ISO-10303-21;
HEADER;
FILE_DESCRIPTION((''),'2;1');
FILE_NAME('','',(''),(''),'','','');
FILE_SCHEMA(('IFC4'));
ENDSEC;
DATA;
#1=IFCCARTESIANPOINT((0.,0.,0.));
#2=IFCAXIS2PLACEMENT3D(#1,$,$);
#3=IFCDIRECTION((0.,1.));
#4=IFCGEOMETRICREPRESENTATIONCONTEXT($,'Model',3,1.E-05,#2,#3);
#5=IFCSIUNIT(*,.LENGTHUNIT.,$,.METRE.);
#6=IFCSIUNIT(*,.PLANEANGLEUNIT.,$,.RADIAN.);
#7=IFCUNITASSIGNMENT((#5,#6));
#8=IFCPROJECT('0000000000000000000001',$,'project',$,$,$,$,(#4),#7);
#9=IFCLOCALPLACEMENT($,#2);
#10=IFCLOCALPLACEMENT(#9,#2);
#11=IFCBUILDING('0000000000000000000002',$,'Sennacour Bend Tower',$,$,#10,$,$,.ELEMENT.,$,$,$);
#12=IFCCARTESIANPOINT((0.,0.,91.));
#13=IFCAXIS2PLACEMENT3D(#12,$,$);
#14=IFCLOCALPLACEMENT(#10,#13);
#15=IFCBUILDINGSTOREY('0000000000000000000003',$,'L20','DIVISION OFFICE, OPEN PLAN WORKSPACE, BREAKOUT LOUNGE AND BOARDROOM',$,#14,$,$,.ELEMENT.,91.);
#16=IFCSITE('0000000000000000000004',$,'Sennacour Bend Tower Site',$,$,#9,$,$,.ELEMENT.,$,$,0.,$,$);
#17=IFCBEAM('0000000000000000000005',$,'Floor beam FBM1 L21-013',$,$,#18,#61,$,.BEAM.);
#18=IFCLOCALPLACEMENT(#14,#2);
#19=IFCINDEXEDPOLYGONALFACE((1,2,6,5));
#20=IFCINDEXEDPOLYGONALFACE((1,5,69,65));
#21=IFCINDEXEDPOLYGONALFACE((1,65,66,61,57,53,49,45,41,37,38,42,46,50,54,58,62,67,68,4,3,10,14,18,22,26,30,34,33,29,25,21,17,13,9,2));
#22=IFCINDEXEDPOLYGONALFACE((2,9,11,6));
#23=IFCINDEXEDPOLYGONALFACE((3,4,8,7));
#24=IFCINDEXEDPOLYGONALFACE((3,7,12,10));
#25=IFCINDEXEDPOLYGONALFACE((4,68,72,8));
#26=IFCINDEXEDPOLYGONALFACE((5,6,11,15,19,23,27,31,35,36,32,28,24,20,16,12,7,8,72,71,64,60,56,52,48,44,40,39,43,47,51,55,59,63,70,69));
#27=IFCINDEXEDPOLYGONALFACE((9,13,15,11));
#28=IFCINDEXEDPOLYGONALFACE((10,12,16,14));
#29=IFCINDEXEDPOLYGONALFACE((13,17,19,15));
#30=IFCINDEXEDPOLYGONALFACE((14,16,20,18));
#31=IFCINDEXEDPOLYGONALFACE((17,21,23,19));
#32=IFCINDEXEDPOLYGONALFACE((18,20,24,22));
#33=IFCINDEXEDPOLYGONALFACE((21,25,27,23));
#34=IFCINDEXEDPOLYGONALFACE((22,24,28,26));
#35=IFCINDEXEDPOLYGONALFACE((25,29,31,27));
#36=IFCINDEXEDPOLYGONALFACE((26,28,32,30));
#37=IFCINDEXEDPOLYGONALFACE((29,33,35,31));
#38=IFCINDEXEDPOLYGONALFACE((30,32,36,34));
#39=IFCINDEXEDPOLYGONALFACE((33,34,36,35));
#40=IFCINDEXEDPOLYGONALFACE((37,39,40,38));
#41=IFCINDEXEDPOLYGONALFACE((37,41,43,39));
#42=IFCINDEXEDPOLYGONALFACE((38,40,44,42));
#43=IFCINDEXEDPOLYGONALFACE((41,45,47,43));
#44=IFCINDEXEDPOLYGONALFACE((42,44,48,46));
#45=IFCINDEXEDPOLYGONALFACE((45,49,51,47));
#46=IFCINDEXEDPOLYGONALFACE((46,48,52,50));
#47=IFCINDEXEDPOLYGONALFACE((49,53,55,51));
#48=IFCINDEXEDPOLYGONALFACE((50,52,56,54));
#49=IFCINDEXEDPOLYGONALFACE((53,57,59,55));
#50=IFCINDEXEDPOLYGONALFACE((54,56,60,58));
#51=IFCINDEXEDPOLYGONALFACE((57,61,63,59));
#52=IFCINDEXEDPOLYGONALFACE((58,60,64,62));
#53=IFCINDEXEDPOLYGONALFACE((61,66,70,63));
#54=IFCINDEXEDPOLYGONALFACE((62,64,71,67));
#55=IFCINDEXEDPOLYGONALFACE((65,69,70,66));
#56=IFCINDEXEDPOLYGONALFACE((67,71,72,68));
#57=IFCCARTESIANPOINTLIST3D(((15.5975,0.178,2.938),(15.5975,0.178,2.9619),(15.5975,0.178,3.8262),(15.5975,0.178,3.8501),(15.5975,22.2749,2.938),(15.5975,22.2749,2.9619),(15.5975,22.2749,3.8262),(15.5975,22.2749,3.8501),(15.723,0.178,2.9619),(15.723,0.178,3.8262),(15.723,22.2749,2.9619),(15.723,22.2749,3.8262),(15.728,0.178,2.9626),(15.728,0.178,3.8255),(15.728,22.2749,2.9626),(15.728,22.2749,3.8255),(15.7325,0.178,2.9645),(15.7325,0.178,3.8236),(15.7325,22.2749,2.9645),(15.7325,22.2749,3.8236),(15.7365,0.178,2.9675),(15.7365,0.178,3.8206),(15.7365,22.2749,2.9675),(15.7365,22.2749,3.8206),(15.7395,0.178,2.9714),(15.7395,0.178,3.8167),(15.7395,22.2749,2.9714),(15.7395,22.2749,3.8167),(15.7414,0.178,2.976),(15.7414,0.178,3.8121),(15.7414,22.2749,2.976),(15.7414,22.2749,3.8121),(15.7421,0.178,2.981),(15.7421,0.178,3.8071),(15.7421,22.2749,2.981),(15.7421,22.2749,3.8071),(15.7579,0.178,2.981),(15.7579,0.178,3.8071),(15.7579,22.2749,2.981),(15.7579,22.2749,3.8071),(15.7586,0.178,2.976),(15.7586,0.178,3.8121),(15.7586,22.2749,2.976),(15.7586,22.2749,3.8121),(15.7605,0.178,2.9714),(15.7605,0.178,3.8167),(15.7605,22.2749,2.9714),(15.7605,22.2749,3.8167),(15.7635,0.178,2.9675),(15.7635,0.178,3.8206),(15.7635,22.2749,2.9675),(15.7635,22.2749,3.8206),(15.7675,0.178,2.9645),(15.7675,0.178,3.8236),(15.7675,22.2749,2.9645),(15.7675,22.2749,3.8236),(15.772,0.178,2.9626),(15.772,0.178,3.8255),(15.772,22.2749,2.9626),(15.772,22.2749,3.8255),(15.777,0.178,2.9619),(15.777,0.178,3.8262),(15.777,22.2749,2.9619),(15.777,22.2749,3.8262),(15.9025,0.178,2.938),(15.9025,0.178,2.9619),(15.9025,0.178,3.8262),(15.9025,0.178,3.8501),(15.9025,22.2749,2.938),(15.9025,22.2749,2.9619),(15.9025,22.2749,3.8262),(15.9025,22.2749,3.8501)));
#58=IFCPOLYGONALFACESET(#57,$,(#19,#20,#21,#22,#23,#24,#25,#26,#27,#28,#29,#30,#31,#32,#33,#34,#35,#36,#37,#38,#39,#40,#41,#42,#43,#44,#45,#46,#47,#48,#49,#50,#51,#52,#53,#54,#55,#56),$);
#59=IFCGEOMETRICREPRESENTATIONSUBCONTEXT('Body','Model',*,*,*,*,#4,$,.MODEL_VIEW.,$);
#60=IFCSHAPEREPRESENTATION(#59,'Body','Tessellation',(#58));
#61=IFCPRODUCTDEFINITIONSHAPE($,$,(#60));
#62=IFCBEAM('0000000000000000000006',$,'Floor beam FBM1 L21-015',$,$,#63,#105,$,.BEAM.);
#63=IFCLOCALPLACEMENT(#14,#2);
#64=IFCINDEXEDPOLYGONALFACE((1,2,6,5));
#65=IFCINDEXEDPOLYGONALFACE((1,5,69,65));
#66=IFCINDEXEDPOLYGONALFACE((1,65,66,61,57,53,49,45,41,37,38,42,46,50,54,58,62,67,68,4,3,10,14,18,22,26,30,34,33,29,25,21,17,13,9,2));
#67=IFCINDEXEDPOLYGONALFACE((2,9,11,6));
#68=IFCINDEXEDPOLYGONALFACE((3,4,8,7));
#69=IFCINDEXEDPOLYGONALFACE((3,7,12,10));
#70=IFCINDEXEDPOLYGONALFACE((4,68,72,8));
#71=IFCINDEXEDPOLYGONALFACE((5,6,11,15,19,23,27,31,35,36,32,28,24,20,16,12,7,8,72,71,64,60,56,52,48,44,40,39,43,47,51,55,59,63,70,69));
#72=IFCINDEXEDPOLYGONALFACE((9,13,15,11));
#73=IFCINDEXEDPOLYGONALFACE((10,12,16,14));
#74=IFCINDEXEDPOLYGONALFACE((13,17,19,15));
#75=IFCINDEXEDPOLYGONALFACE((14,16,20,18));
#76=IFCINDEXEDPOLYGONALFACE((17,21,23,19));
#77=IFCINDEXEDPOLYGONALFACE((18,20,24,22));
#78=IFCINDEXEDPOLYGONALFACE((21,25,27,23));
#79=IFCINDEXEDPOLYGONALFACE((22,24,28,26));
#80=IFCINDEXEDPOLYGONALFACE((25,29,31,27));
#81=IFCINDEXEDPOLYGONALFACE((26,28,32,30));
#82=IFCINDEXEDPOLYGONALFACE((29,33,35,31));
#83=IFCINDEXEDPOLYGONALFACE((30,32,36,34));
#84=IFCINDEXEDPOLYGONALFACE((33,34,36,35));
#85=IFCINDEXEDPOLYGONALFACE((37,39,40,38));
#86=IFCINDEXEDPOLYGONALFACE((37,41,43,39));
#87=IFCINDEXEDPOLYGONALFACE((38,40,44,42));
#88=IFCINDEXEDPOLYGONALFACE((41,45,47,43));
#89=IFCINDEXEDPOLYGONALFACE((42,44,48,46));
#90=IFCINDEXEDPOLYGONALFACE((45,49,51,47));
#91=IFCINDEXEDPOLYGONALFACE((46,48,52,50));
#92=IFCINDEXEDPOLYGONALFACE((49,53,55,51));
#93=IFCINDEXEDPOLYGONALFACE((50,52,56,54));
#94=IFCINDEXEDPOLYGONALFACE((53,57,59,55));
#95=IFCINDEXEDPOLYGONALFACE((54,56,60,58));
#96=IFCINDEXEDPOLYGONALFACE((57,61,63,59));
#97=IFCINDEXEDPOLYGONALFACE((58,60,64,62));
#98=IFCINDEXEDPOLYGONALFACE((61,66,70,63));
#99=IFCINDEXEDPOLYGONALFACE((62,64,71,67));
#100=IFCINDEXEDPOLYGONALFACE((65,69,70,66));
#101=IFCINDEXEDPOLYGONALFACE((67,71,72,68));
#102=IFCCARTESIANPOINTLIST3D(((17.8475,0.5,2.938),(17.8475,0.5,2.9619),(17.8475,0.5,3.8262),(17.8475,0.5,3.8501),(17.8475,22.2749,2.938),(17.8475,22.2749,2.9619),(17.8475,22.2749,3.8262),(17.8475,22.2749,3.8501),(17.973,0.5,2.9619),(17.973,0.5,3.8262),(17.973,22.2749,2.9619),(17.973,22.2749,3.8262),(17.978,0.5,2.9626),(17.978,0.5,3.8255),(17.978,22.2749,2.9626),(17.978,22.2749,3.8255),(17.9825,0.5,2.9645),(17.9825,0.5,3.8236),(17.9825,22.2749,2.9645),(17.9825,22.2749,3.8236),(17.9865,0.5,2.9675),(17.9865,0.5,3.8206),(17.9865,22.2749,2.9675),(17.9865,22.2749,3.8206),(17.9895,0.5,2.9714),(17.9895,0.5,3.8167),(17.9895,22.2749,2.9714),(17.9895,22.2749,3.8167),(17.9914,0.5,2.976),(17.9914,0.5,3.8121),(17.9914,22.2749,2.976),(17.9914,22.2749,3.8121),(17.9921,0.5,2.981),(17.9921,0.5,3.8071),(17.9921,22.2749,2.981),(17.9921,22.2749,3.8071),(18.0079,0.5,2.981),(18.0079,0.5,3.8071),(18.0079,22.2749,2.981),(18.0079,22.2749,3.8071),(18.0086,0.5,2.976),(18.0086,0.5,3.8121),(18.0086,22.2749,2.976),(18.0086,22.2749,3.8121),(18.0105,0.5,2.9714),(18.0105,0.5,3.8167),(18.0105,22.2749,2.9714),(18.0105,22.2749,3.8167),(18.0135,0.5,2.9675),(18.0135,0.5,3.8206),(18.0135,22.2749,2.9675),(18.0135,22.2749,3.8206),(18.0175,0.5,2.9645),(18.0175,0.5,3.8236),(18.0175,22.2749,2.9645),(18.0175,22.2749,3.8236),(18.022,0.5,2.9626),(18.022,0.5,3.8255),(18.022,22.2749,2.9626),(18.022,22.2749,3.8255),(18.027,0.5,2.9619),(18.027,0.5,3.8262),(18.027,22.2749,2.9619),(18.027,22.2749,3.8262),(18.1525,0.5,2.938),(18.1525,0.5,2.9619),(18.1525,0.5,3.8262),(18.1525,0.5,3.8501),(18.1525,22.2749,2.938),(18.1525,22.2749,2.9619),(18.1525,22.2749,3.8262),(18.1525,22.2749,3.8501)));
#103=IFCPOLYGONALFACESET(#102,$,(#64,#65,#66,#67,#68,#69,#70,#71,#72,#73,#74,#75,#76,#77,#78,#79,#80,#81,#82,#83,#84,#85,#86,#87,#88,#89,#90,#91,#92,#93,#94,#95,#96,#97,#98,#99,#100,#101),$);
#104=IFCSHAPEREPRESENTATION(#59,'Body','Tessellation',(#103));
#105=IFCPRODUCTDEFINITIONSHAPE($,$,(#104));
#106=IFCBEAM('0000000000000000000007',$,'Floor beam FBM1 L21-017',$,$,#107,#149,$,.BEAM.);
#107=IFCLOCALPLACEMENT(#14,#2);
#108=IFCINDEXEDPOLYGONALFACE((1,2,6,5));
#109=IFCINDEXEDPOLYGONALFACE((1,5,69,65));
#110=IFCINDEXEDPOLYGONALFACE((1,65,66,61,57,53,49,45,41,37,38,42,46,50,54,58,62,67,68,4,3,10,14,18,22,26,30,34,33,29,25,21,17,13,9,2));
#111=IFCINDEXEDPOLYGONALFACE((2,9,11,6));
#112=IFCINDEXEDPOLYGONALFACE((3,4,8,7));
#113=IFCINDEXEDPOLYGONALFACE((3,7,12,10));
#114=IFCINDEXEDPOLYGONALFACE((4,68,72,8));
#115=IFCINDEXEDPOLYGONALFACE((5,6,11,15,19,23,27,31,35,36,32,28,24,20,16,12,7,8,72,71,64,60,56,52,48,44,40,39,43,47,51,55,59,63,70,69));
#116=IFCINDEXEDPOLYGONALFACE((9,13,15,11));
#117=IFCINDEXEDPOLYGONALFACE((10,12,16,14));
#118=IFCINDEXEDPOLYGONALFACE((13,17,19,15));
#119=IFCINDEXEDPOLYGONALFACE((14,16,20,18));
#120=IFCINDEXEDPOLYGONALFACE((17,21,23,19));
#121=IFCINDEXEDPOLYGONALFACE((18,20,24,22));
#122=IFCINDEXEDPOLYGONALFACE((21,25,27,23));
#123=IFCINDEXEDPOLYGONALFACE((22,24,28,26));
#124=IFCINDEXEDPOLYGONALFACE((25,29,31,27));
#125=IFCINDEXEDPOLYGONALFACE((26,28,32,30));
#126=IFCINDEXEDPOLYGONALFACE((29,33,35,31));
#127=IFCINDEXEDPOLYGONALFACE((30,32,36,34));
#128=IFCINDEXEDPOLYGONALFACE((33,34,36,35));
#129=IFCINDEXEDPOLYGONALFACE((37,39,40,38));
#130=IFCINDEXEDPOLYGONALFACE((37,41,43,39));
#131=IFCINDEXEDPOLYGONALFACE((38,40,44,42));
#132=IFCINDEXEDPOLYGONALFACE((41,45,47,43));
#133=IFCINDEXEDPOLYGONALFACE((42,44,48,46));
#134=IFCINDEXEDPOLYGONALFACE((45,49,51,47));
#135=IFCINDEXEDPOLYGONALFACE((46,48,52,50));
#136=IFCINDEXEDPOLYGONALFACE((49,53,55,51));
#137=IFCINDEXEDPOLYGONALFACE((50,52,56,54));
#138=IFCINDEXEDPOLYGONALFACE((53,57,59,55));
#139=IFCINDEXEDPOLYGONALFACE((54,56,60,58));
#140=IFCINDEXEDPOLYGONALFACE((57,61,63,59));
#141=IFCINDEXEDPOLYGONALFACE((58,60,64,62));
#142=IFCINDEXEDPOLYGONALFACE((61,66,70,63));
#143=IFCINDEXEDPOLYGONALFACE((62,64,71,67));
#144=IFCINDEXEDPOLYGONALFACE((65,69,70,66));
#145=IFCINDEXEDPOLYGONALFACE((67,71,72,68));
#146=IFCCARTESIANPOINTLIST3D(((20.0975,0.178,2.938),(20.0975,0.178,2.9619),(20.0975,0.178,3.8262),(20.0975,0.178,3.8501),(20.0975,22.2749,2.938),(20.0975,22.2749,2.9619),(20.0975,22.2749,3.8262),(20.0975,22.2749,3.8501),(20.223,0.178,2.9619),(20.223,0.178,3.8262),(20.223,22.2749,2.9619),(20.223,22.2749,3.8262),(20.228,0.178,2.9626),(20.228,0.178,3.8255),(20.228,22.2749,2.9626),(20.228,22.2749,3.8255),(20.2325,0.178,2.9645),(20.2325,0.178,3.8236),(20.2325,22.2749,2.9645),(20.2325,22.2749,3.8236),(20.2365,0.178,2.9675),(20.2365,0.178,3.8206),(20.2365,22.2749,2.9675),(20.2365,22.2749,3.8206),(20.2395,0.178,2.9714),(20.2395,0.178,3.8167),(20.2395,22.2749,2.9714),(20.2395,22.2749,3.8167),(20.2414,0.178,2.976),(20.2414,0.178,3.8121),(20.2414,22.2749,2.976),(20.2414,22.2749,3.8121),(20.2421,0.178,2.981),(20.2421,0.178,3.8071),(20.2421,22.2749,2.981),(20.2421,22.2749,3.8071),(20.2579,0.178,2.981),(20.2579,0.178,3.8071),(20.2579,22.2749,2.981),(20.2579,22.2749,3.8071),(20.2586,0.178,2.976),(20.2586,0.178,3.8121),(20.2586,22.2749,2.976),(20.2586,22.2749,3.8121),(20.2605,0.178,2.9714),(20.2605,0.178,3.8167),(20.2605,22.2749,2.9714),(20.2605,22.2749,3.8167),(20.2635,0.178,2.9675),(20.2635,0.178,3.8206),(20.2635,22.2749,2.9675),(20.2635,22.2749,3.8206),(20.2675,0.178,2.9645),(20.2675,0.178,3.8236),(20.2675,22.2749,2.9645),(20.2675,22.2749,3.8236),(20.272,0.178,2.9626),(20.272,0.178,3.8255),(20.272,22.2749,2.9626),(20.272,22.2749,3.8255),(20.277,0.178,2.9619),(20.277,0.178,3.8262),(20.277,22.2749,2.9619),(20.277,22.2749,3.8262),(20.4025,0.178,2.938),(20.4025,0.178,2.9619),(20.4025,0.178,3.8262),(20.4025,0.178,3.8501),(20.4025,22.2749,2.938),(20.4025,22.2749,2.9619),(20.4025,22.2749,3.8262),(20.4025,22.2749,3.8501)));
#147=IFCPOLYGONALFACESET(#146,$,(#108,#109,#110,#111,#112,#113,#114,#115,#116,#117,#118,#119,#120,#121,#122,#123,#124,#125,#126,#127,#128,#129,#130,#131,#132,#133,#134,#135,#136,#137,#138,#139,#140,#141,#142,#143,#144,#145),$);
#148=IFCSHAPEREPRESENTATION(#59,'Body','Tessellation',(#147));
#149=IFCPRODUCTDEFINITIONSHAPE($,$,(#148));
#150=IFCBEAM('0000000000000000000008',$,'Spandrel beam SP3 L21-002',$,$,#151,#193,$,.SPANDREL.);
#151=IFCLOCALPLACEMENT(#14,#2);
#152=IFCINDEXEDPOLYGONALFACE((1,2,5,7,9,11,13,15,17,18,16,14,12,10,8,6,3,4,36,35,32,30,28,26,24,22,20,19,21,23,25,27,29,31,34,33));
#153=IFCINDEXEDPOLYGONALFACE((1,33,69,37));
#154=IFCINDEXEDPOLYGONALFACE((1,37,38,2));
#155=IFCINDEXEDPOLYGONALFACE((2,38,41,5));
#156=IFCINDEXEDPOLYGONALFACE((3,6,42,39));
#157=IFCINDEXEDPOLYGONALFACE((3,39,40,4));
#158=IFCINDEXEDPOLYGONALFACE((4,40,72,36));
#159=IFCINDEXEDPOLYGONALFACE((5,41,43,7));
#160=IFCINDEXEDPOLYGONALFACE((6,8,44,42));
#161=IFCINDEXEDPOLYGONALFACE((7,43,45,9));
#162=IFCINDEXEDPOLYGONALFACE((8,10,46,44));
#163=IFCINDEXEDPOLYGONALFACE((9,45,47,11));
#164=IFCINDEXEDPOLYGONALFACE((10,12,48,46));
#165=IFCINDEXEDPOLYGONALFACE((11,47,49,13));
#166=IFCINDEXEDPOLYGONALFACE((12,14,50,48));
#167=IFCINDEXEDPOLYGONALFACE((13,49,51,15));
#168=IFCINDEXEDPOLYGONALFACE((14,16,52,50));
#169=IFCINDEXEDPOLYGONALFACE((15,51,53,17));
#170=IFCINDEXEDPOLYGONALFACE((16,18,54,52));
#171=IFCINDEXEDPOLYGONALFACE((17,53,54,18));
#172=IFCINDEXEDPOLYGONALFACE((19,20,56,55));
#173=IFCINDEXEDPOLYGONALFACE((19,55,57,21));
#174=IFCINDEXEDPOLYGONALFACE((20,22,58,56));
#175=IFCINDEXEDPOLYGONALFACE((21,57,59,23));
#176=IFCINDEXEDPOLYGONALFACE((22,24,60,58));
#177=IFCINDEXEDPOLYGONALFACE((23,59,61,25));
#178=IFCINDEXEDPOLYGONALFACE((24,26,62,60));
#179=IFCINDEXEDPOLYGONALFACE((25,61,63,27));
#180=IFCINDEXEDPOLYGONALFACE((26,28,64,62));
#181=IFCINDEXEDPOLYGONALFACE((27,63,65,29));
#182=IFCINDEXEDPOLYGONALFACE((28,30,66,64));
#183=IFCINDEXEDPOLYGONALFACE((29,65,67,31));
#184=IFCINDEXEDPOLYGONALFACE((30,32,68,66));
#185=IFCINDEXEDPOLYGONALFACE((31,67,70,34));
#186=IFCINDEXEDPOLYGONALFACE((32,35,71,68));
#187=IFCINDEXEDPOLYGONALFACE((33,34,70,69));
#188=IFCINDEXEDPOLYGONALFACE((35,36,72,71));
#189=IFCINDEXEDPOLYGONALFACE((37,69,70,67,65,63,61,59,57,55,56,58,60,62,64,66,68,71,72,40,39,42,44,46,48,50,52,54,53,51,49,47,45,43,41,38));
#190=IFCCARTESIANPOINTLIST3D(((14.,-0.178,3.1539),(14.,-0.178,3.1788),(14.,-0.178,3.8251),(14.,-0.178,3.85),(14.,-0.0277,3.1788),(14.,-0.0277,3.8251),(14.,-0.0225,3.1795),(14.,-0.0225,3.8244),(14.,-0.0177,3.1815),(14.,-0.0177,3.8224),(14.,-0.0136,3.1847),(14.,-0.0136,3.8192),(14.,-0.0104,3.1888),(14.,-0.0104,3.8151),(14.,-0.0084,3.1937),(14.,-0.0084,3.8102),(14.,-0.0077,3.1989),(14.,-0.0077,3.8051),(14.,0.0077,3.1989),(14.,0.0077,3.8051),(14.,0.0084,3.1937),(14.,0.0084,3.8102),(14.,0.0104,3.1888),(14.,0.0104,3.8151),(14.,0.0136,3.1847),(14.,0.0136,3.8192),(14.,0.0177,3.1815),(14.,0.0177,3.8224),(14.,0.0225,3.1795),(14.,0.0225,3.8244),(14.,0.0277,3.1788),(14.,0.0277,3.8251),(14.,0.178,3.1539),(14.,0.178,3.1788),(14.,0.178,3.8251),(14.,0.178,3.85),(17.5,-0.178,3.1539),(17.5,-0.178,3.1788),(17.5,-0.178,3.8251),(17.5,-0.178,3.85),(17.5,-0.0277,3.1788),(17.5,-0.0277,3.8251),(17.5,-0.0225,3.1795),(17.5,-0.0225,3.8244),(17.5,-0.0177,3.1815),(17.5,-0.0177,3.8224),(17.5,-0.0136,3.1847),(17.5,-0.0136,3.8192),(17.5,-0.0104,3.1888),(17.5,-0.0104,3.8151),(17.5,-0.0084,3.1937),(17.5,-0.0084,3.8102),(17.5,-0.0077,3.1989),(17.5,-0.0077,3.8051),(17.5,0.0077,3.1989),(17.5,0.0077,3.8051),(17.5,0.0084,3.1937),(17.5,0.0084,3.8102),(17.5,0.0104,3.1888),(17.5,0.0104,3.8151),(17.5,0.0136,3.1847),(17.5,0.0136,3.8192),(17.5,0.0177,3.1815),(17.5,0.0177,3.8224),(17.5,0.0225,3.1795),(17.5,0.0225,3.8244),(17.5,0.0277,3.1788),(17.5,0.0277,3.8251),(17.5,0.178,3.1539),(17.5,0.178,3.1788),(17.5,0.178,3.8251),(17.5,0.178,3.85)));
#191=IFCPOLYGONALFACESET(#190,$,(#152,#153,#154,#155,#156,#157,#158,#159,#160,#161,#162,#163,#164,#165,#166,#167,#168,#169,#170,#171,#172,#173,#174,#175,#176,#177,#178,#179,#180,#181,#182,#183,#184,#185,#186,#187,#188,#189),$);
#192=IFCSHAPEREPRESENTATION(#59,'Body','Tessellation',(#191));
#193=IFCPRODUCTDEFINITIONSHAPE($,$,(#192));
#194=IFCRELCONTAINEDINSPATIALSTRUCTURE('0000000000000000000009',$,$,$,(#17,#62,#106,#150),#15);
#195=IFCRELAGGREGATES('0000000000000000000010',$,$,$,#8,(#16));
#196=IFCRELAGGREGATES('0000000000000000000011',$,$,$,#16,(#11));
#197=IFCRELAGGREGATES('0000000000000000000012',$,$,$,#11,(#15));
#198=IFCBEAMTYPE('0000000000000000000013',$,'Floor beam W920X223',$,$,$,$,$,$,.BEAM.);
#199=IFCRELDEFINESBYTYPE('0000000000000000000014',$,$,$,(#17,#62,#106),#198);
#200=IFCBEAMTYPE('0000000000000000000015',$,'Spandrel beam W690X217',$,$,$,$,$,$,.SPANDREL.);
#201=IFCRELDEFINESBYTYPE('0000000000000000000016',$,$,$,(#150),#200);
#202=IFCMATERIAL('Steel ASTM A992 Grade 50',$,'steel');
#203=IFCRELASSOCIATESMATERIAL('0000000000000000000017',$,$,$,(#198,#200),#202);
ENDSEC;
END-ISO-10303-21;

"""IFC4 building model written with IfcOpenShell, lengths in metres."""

from ifc_helpers import new_model, si_unit, direction, frame, origin, origin_2d, place, context, subcontext, project, spatial, i_section, extrude, material, material_profile, profile_set, type_object, element, save


model = new_model("IFC4")

# Units and contexts
model_context = context("Model", 3, precision=1e-05, world=origin(), true_north=direction((0.0, 1.0)))
body_context = subcontext(model_context, "Body", "Model", "MODEL_VIEW")
ifc_project = project(units=[si_unit("LENGTHUNIT", "METRE"), si_unit("PLANEANGLEUNIT", "RADIAN")], contexts=[model_context])

# Site, building, storey
site_placement = place(None, origin())
site = spatial("IfcSite", under=ifc_project, at=site_placement, Name="Sennacour Bend Tower Site", CompositionType="ELEMENT", RefElevation=0.0)
building_placement = place(site_placement, origin())
building = spatial("IfcBuilding", under=site, at=building_placement, Name="Sennacour Bend Tower", CompositionType="ELEMENT")
storey_placement = place(building_placement, frame((0.0, 0.0, 91.0)))
storey = spatial("IfcBuildingStorey", under=building, at=storey_placement, Name="L20", Description="DIVISION OFFICE, OPEN PLAN WORKSPACE, BREAKOUT LOUNGE AND BOARDROOM", CompositionType="ELEMENT", Elevation=91.0)

# Beams
ifc_material_1 = material(Name="Steel ASTM A992 Grade 50", Category="steel")
ifc_material_profile_1 = material_profile(ifc_material_1, i_section(OverallWidth=0.3049, OverallDepth=0.9121, WebThickness=0.0159, FlangeThickness=0.0239, FilletRadius=0.019, at=origin_2d()), Name="Steel ASTM A992 Grade 50", Category="steel")
ifc_profile_set_1 = profile_set([ifc_material_profile_1], Name="Steel ASTM A992 Grade 50")
beam_type_1 = type_object("IfcBeamType", Name="Floor beam W920X223", PredefinedType="BEAM", material=ifc_profile_set_1)
beam_1_placement = place(storey_placement, frame((15.75, 0.178, 3.394), z_axis=(0.0, 1.0, 0.0), x_axis=(-1.0, 0.0, 0.0)))
element("IfcBeam", 1, at=beam_1_placement, inside=storey, type_object=beam_type_1, Name="Floor beam FBM1 L21-013", PredefinedType="BEAM", context=body_context, shape_type="SweptSolid", body=[
    extrude(i_section(OverallWidth=0.3049, OverallDepth=0.9121, WebThickness=0.0159, FlangeThickness=0.0239, FilletRadius=0.019, at=origin_2d()), origin(), (0.0, 0.0, 1.0), 22.0969),
])
beam_2_placement = place(storey_placement, frame((18.0, 0.5, 3.394), z_axis=(0.0, 1.0, 0.0), x_axis=(-1.0, 0.0, 0.0)))
element("IfcBeam", 2, at=beam_2_placement, inside=storey, type_object=beam_type_1, Name="Floor beam FBM1 L21-015", PredefinedType="BEAM", context=body_context, shape_type="SweptSolid", body=[
    extrude(i_section(OverallWidth=0.3049, OverallDepth=0.9121, WebThickness=0.0159, FlangeThickness=0.0239, FilletRadius=0.019, at=origin_2d()), origin(), (0.0, 0.0, 1.0), 21.7749),
])
beam_3_placement = place(storey_placement, frame((20.25, 0.178, 3.394), z_axis=(0.0, 1.0, 0.0), x_axis=(-1.0, 0.0, 0.0)))
element("IfcBeam", 3, at=beam_3_placement, inside=storey, type_object=beam_type_1, Name="Floor beam FBM1 L21-017", PredefinedType="BEAM", context=body_context, shape_type="SweptSolid", body=[
    extrude(i_section(OverallWidth=0.3049, OverallDepth=0.9121, WebThickness=0.0159, FlangeThickness=0.0239, FilletRadius=0.019, at=origin_2d()), origin(), (0.0, 0.0, 1.0), 22.0969),
])
ifc_material_profile_2 = material_profile(ifc_material_1, i_section(OverallWidth=0.356, OverallDepth=0.696, WebThickness=0.0154, FlangeThickness=0.0249, FilletRadius=0.02, at=origin_2d()), Name="Steel ASTM A992 Grade 50", Category="steel")
ifc_profile_set_2 = profile_set([ifc_material_profile_2], Name="Steel ASTM A992 Grade 50")
beam_type_2 = type_object("IfcBeamType", Name="Spandrel beam W690X217", PredefinedType="SPANDREL", material=ifc_profile_set_2)
for number, where, z_axis, x_axis, name in (
    (4, (17.5, 0.0, 3.502), (-1.0, 0.0, 0.0), (0.0, -1.0, 0.0), "Spandrel beam SP3 L21-002"),
):
    element("IfcBeam", number, at=place(storey_placement, frame(where, z_axis=z_axis, x_axis=x_axis)), inside=storey, type_object=beam_type_2, Name=name, PredefinedType="SPANDREL", context=body_context, shape_type="SweptSolid", body=[
        extrude(i_section(OverallWidth=0.356, OverallDepth=0.696, WebThickness=0.0154, FlangeThickness=0.0249, FilletRadius=0.02, at=origin_2d()), origin(), (0.0, 0.0, 1.0), 3.5),
    ])

save(model, "model.ifc")
